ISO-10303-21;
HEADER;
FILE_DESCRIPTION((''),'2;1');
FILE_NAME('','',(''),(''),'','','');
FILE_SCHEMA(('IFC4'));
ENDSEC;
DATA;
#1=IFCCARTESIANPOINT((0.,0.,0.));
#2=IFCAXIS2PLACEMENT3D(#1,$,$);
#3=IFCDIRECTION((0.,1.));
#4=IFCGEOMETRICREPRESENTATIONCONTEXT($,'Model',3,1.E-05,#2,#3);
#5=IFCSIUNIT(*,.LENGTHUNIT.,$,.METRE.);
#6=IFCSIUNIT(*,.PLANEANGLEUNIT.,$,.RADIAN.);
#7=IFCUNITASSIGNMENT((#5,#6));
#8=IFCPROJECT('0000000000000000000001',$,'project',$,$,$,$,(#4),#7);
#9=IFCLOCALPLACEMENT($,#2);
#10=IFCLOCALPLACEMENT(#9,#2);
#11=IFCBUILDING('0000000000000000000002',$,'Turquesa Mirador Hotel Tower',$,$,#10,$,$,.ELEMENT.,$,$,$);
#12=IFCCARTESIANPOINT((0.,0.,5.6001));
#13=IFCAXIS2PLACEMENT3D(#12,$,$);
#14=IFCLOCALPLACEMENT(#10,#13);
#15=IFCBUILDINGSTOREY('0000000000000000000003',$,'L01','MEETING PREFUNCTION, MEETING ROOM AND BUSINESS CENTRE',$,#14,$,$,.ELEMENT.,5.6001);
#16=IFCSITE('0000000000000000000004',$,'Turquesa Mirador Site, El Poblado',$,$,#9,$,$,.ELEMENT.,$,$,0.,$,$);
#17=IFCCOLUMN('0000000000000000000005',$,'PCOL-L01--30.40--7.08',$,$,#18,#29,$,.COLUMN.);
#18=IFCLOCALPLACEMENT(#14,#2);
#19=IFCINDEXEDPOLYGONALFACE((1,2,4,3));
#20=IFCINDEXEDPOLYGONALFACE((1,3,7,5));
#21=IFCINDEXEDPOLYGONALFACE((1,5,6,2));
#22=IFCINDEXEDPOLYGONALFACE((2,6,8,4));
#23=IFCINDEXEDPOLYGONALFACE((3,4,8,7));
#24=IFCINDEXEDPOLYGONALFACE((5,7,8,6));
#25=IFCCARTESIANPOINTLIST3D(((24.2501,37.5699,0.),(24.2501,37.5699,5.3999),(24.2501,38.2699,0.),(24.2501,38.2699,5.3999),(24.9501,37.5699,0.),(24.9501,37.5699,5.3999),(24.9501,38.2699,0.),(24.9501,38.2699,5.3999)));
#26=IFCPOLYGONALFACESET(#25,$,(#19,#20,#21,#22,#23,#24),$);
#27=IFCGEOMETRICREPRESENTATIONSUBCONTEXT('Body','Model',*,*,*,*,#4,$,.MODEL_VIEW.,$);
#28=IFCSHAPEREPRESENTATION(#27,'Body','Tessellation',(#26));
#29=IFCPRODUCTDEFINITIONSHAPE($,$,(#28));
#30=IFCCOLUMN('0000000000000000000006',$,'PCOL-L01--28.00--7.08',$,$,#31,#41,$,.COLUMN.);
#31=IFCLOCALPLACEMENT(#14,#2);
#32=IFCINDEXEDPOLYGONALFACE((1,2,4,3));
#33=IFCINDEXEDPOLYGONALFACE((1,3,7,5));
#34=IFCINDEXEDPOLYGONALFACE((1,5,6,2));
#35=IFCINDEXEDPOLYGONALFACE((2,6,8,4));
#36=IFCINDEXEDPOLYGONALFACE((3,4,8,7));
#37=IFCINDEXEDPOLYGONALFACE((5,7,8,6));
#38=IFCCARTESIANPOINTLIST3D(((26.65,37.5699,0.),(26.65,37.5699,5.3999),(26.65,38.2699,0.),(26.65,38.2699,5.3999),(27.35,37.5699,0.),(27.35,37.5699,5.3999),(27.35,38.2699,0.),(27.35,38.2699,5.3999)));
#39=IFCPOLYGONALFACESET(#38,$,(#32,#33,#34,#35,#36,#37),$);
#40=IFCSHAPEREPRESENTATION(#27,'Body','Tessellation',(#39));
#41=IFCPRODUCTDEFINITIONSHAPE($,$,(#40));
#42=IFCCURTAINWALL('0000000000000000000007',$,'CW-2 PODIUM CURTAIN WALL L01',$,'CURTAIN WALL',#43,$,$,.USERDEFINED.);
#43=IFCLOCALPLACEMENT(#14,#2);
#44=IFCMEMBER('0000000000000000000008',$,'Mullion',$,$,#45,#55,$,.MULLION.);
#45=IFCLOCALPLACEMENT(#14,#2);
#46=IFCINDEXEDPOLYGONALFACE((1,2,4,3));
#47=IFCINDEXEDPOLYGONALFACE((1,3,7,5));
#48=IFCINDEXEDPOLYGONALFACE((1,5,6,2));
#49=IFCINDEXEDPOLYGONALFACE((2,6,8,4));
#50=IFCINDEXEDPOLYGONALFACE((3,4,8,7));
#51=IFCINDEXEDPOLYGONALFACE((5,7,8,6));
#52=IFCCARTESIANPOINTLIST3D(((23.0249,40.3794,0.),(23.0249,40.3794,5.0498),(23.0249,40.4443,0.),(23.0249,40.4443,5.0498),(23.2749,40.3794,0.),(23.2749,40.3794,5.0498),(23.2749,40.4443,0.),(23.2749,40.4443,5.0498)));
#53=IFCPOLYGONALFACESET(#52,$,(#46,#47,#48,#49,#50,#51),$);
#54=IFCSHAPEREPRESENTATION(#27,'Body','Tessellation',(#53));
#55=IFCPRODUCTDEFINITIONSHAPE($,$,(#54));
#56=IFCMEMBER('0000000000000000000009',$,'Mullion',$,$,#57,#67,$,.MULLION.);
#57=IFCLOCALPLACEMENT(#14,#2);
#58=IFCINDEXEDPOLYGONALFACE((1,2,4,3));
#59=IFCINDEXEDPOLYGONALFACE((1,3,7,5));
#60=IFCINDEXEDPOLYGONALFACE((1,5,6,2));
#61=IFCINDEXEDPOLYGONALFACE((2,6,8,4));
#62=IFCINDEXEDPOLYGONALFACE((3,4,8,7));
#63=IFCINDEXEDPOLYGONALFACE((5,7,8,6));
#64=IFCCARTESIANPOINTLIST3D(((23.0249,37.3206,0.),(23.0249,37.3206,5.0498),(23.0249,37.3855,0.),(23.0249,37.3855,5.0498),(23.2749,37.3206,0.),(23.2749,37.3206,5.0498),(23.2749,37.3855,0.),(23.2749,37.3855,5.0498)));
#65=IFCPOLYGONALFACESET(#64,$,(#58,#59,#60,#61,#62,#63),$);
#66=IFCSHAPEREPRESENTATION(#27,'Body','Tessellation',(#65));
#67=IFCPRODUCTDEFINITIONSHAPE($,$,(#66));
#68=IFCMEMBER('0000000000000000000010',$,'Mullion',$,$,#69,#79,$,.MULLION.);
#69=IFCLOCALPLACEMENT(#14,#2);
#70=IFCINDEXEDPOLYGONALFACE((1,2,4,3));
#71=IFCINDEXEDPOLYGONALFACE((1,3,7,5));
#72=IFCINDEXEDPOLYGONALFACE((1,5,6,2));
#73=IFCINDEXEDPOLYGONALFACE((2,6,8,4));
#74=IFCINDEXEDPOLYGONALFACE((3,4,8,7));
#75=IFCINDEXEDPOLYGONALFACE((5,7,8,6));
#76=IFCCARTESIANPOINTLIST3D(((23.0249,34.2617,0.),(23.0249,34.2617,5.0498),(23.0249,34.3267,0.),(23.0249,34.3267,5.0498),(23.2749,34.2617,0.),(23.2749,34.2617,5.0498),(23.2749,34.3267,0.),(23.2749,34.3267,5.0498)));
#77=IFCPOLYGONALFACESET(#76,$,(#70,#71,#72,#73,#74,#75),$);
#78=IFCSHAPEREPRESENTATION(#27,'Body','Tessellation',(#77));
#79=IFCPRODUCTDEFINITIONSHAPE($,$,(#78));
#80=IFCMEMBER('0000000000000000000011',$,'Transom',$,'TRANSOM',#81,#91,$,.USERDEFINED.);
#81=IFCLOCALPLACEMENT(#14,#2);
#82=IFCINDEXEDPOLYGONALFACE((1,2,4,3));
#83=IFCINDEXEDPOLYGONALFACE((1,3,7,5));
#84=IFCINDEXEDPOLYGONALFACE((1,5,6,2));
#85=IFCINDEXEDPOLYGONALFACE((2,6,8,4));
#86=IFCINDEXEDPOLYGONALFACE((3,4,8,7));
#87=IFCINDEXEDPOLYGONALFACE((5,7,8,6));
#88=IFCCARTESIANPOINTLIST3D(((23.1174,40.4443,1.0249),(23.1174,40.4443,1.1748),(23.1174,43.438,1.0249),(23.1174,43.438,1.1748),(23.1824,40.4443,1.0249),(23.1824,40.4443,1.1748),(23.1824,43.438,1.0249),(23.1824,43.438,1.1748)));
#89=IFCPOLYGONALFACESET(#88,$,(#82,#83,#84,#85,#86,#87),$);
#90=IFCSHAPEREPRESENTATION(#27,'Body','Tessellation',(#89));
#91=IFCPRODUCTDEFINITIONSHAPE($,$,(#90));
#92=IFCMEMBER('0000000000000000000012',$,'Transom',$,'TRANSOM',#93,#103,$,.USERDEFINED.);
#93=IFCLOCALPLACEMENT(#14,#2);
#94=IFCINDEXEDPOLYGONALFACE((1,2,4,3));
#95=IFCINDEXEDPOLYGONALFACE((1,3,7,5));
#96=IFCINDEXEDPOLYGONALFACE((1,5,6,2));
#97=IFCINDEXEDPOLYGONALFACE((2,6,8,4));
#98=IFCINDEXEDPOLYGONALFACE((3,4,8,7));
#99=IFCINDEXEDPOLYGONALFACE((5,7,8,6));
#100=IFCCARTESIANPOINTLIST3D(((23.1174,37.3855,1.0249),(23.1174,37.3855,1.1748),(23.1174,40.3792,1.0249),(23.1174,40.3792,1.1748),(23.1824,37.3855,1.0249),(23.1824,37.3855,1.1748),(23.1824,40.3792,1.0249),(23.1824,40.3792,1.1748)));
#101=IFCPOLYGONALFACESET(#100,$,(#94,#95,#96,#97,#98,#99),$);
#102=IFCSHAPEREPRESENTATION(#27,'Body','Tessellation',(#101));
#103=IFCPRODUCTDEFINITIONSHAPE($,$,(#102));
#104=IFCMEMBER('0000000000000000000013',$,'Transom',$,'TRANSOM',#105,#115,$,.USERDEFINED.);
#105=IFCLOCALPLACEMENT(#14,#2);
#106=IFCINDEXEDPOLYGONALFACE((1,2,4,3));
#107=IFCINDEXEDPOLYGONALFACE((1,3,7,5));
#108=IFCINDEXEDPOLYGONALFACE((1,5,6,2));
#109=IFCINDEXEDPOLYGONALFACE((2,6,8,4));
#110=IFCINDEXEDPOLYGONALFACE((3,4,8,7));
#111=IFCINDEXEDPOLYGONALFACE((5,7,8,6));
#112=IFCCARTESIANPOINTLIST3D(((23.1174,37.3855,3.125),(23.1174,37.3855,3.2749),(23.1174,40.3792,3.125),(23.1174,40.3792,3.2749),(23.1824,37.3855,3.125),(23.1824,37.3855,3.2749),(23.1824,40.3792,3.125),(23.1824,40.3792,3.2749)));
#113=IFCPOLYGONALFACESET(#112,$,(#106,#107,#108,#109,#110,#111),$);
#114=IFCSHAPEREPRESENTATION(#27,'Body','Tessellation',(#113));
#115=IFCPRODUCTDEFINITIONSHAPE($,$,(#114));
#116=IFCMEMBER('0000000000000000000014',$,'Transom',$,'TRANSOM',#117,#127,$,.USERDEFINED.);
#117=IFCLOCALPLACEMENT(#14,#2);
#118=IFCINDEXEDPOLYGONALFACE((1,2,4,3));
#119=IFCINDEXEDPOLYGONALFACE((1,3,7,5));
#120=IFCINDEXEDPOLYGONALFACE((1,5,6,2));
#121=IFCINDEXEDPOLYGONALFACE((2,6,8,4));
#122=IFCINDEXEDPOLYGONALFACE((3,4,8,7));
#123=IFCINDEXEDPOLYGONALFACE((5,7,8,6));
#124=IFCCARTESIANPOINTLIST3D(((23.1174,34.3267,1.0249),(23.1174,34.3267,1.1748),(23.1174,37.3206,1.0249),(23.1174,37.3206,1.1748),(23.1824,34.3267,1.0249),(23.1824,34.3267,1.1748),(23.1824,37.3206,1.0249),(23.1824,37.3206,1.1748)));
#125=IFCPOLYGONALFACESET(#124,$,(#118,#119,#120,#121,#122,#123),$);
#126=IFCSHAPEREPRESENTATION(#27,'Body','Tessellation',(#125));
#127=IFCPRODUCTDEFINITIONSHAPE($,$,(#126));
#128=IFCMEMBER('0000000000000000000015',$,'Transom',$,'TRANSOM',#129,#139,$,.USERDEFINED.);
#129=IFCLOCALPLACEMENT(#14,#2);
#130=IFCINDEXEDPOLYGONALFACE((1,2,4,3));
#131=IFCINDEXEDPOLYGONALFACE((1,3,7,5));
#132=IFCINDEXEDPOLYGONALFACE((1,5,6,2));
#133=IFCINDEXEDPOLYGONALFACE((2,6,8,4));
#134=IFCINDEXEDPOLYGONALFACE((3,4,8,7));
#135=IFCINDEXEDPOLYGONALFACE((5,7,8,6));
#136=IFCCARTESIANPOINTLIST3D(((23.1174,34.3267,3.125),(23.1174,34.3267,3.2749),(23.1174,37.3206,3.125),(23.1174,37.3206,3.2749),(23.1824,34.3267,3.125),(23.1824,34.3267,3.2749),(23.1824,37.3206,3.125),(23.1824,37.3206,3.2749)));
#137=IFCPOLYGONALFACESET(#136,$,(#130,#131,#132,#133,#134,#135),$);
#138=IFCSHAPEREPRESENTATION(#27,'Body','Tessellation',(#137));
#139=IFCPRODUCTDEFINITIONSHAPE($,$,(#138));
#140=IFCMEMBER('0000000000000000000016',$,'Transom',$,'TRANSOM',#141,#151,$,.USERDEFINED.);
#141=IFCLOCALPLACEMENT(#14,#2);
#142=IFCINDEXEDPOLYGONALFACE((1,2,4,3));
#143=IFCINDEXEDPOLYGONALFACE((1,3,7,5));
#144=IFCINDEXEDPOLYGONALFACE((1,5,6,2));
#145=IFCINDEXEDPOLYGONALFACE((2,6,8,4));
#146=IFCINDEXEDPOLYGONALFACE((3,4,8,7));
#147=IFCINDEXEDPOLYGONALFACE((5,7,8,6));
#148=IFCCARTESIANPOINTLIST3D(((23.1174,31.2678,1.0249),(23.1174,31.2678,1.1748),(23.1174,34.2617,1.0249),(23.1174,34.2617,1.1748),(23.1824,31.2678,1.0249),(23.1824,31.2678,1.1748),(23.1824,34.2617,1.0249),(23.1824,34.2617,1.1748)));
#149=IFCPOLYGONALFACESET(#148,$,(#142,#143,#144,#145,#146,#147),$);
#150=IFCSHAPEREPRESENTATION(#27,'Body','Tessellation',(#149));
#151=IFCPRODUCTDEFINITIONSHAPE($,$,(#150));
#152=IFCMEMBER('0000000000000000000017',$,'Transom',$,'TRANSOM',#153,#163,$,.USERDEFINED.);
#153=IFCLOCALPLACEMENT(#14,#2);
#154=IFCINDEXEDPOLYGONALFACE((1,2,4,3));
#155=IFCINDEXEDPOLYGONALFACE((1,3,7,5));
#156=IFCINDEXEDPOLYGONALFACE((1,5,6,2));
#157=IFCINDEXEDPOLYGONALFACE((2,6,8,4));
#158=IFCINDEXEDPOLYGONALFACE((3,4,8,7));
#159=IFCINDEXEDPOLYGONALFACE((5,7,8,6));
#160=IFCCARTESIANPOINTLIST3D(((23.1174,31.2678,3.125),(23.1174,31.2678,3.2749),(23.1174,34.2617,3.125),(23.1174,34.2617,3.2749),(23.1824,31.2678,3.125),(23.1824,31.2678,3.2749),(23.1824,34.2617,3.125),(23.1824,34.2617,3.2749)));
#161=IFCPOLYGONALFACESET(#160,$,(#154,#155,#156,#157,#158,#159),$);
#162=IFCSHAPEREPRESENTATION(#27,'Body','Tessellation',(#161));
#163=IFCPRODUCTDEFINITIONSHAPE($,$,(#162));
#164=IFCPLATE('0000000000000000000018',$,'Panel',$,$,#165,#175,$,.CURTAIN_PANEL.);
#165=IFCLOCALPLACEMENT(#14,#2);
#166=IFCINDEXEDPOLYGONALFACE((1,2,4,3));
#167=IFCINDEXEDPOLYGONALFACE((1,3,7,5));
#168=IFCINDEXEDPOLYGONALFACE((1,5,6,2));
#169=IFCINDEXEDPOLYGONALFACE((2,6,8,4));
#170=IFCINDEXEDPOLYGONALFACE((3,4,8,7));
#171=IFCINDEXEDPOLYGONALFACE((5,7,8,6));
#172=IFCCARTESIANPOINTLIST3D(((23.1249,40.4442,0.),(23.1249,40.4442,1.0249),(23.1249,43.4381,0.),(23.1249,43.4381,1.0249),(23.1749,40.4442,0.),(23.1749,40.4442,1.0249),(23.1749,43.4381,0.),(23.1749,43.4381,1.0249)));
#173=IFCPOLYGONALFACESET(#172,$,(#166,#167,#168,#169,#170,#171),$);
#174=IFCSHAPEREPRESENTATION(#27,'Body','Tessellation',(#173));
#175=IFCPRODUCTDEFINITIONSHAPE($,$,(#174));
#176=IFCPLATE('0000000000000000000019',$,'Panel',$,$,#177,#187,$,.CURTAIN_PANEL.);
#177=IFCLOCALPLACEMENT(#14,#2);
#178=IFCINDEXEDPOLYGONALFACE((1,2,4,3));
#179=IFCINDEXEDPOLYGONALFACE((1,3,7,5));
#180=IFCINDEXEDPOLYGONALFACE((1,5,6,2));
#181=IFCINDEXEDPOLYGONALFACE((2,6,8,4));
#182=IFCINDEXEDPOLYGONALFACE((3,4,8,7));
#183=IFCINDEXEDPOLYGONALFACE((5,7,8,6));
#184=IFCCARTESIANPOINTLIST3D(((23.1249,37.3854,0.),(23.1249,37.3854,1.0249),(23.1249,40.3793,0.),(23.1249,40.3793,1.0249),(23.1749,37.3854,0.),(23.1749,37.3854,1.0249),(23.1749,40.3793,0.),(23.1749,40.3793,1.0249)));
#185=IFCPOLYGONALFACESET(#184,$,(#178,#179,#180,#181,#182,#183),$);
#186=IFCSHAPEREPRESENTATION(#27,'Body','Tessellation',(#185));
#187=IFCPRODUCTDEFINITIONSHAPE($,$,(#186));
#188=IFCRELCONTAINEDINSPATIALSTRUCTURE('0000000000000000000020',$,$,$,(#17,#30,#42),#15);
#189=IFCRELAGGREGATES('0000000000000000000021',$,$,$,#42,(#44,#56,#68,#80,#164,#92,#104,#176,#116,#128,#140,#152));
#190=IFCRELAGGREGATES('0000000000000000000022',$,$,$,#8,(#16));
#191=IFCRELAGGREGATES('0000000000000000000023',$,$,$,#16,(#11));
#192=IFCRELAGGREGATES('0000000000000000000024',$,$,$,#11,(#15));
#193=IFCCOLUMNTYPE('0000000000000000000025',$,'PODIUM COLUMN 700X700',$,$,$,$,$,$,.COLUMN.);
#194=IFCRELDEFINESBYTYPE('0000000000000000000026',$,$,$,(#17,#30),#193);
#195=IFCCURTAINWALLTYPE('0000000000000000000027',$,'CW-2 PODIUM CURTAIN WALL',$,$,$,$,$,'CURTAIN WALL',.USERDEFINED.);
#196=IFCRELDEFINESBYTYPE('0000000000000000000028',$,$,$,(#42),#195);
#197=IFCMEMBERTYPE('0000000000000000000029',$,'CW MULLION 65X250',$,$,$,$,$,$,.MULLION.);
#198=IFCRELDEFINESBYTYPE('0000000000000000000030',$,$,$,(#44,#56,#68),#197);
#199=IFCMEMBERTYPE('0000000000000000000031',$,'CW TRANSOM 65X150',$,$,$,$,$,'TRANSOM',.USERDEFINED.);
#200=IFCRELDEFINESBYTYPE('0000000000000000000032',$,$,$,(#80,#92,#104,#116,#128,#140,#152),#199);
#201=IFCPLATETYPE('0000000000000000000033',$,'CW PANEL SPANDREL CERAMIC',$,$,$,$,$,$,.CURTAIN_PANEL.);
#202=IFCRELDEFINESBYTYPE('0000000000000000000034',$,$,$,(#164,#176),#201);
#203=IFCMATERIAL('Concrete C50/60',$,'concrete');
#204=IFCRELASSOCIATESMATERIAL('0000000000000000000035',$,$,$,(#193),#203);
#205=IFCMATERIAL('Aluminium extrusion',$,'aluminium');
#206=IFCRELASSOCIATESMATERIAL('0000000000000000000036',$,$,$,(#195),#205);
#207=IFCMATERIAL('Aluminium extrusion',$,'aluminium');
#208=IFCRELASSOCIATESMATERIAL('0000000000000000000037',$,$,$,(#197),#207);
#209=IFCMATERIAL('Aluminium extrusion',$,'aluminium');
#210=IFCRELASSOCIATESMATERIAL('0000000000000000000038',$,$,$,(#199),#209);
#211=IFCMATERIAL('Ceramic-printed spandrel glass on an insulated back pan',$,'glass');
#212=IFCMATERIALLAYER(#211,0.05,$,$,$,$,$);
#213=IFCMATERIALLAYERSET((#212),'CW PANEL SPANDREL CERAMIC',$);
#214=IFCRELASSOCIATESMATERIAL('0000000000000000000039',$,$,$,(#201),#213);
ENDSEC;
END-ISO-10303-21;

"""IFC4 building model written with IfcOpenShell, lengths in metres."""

from ifc_helpers import new_model, si_unit, direction, frame, origin, origin_2d, place, context, subcontext, project, spatial, rectangle, extrude, material, layer, layer_set, material_profile, profile_set, type_object, element, aggregate, save


model = new_model("IFC4")

# Units and contexts
model_context = context("Model", 3, precision=1e-05, world=origin(), true_north=direction((0.0, 1.0)))
body_context = subcontext(model_context, "Body", "Model", "MODEL_VIEW")
ifc_project = project(units=[si_unit("LENGTHUNIT", "METRE"), si_unit("PLANEANGLEUNIT", "RADIAN")], contexts=[model_context])

# Site, building, storey
site_placement = place(None, origin())
site = spatial("IfcSite", under=ifc_project, at=site_placement, Name="Turquesa Mirador Site, El Poblado", CompositionType="ELEMENT", RefElevation=0.0)
building_placement = place(site_placement, origin())
building = spatial("IfcBuilding", under=site, at=building_placement, Name="Turquesa Mirador Hotel Tower", CompositionType="ELEMENT")
storey_placement = place(building_placement, frame((0.0, 0.0, 5.6001)))
storey = spatial("IfcBuildingStorey", under=building, at=storey_placement, Name="L01", Description="MEETING PREFUNCTION, MEETING ROOM AND BUSINESS CENTRE", CompositionType="ELEMENT", Elevation=5.6001)

# Columns
ifc_material_1 = material(Name="Concrete C50/60", Category="concrete")
ifc_material_profile_1 = material_profile(ifc_material_1, rectangle(XDim=0.7, YDim=0.7, at=origin_2d()), Name="RC 700X700")
ifc_profile_set_1 = profile_set([ifc_material_profile_1], Name="Concrete C50/60")
column_type = type_object("IfcColumnType", Name="PODIUM COLUMN 700X700", PredefinedType="COLUMN", material=ifc_profile_set_1)
for number, where, z_axis, x_axis, name in (
    (1, (24.6001, 37.9199, 0.0), (0.0, 0.0, 1.0), (1.0, 0.0, 0.0), "PCOL-L01--30.40--7.08"),
    (2, (27.0, 37.9199, 0.0), (0.0, 0.0, 1.0), (1.0, 0.0, 0.0), "PCOL-L01--28.00--7.08"),
):
    element("IfcColumn", number, at=place(storey_placement, frame(where, z_axis=z_axis, x_axis=x_axis)), inside=storey, type_object=column_type, Name=name, PredefinedType="COLUMN", context=body_context, shape_type="SweptSolid", body=[
        extrude(rectangle(XDim=0.7, YDim=0.7, at=origin_2d()), origin(), (0.0, 0.0, 1.0), 5.3999),
    ])

# Curtain wall, members, plates
ifc_material_2 = material(Name="Aluminium extrusion", Category="aluminium")
curtain_wall_type = type_object("IfcCurtainWallType", Name="CW-2 PODIUM CURTAIN WALL", ElementType="CURTAIN WALL", PredefinedType="USERDEFINED", material=ifc_material_2)
curtain_wall_placement = place(storey_placement, origin())
curtain_wall = element("IfcCurtainWall", 3, at=curtain_wall_placement, inside=storey, type_object=curtain_wall_type, Name="CW-2 PODIUM CURTAIN WALL L01", ObjectType="CURTAIN WALL", PredefinedType="USERDEFINED")
ifc_material_3 = material(Name="Aluminium extrusion", Category="aluminium")
ifc_material_profile_2 = material_profile(ifc_material_3, rectangle(XDim=0.0649, YDim=0.25, at=origin_2d()), Name="MULLION 65X250")
ifc_profile_set_2 = profile_set([ifc_material_profile_2], Name="Aluminium extrusion")
member_type_1 = type_object("IfcMemberType", Name="CW MULLION 65X250", PredefinedType="MULLION", material=ifc_profile_set_2)
member_1_placement = place(storey_placement, frame((23.1499, 40.4119, 0.0), z_axis=(0.0, 0.0, 1.0), x_axis=(0.0, -1.0, 0.0)))
member_1 = element("IfcMember", 4, at=member_1_placement, type_object=member_type_1, Name="Mullion", PredefinedType="MULLION", context=body_context, shape_type="SweptSolid", body=[
    extrude(rectangle(XDim=0.0649, YDim=0.25, at=origin_2d()), origin(), (0.0, 0.0, 1.0), 5.0498),
])
member_2_placement = place(storey_placement, frame((23.1499, 37.353, 0.0), z_axis=(0.0, 0.0, 1.0), x_axis=(0.0, -1.0, 0.0)))
member_2 = element("IfcMember", 5, at=member_2_placement, type_object=member_type_1, Name="Mullion", PredefinedType="MULLION", context=body_context, shape_type="SweptSolid", body=[
    extrude(rectangle(XDim=0.0649, YDim=0.25, at=origin_2d()), origin(), (0.0, 0.0, 1.0), 5.0498),
])
member_3_placement = place(storey_placement, frame((23.1499, 34.2942, 0.0), z_axis=(0.0, 0.0, 1.0), x_axis=(0.0, -1.0, 0.0)))
member_3 = element("IfcMember", 6, at=member_3_placement, type_object=member_type_1, Name="Mullion", PredefinedType="MULLION", context=body_context, shape_type="SweptSolid", body=[
    extrude(rectangle(XDim=0.0649, YDim=0.25, at=origin_2d()), origin(), (0.0, 0.0, 1.0), 5.0498),
])
ifc_material_4 = material(Name="Aluminium extrusion", Category="aluminium")
ifc_material_profile_3 = material_profile(ifc_material_4, rectangle(XDim=0.0649, YDim=0.1499, at=origin_2d()), Name="TRANSOM 65X150")
ifc_profile_set_3 = profile_set([ifc_material_profile_3], Name="Aluminium extrusion")
member_type_2 = type_object("IfcMemberType", Name="CW TRANSOM 65X150", ElementType="TRANSOM", PredefinedType="USERDEFINED", material=ifc_profile_set_3)
member_4_placement = place(storey_placement, frame((23.1499, 43.438, 1.0999), z_axis=(0.0, -1.0, 0.0), x_axis=(1.0, 0.0, 0.0)))
member_4 = element("IfcMember", 7, at=member_4_placement, type_object=member_type_2, Name="Transom", ObjectType="TRANSOM", PredefinedType="USERDEFINED", context=body_context, shape_type="SweptSolid", body=[
    extrude(rectangle(XDim=0.0649, YDim=0.1499, at=origin_2d()), origin(), (0.0, 0.0, 1.0), 2.9937),
])
member_5_placement = place(storey_placement, frame((23.1499, 40.3792, 1.0999), z_axis=(0.0, -1.0, 0.0), x_axis=(1.0, 0.0, 0.0)))
member_5 = element("IfcMember", 8, at=member_5_placement, type_object=member_type_2, Name="Transom", ObjectType="TRANSOM", PredefinedType="USERDEFINED", context=body_context, shape_type="SweptSolid", body=[
    extrude(rectangle(XDim=0.0649, YDim=0.1499, at=origin_2d()), origin(), (0.0, 0.0, 1.0), 2.9937),
])
member_6_placement = place(storey_placement, frame((23.1499, 40.3792, 3.2), z_axis=(0.0, -1.0, 0.0), x_axis=(1.0, 0.0, 0.0)))
member_6 = element("IfcMember", 9, at=member_6_placement, type_object=member_type_2, Name="Transom", ObjectType="TRANSOM", PredefinedType="USERDEFINED", context=body_context, shape_type="SweptSolid", body=[
    extrude(rectangle(XDim=0.0649, YDim=0.1499, at=origin_2d()), origin(), (0.0, 0.0, 1.0), 2.9937),
])
member_7_placement = place(storey_placement, frame((23.1499, 37.3206, 1.0999), z_axis=(0.0, -1.0, 0.0), x_axis=(1.0, 0.0, 0.0)))
member_7 = element("IfcMember", 10, at=member_7_placement, type_object=member_type_2, Name="Transom", ObjectType="TRANSOM", PredefinedType="USERDEFINED", context=body_context, shape_type="SweptSolid", body=[
    extrude(rectangle(XDim=0.0649, YDim=0.1499, at=origin_2d()), origin(), (0.0, 0.0, 1.0), 2.9939),
])
member_8_placement = place(storey_placement, frame((23.1499, 37.3206, 3.2), z_axis=(0.0, -1.0, 0.0), x_axis=(1.0, 0.0, 0.0)))
member_8 = element("IfcMember", 11, at=member_8_placement, type_object=member_type_2, Name="Transom", ObjectType="TRANSOM", PredefinedType="USERDEFINED", context=body_context, shape_type="SweptSolid", body=[
    extrude(rectangle(XDim=0.0649, YDim=0.1499, at=origin_2d()), origin(), (0.0, 0.0, 1.0), 2.9939),
])
member_9_placement = place(storey_placement, frame((23.1499, 34.2617, 1.0999), z_axis=(0.0, -1.0, 0.0), x_axis=(1.0, 0.0, 0.0)))
member_9 = element("IfcMember", 12, at=member_9_placement, type_object=member_type_2, Name="Transom", ObjectType="TRANSOM", PredefinedType="USERDEFINED", context=body_context, shape_type="SweptSolid", body=[
    extrude(rectangle(XDim=0.0649, YDim=0.1499, at=origin_2d()), origin(), (0.0, 0.0, 1.0), 2.9939),
])
member_10_placement = place(storey_placement, frame((23.1499, 34.2617, 3.2), z_axis=(0.0, -1.0, 0.0), x_axis=(1.0, 0.0, 0.0)))
member_10 = element("IfcMember", 13, at=member_10_placement, type_object=member_type_2, Name="Transom", ObjectType="TRANSOM", PredefinedType="USERDEFINED", context=body_context, shape_type="SweptSolid", body=[
    extrude(rectangle(XDim=0.0649, YDim=0.1499, at=origin_2d()), origin(), (0.0, 0.0, 1.0), 2.9939),
])
ifc_material_5 = material(Name="Ceramic-printed spandrel glass on an insulated back pan", Category="glass")
ifc_layer_1 = layer(ifc_material_5, 0.05)
ifc_layer_set_1 = layer_set([ifc_layer_1], Name="CW PANEL SPANDREL CERAMIC")
plate_type_1 = type_object("IfcPlateType", Name="CW PANEL SPANDREL CERAMIC", PredefinedType="CURTAIN_PANEL", material=ifc_layer_set_1)
plate_1_placement = place(storey_placement, frame((23.1499, 41.9412, 0.0), z_axis=(0.0, 0.0, 1.0), x_axis=(0.0, -1.0, 0.0)))
plate_1 = element("IfcPlate", 14, at=plate_1_placement, type_object=plate_type_1, Name="Panel", PredefinedType="CURTAIN_PANEL", context=body_context, shape_type="SweptSolid", body=[
    extrude(rectangle(XDim=2.9939, YDim=0.05, at=origin_2d()), origin(), (0.0, 0.0, 1.0), 1.0249),
])
plate_2_placement = place(storey_placement, frame((23.1499, 38.8823, 0.0), z_axis=(0.0, 0.0, 1.0), x_axis=(0.0, -1.0, 0.0)))
plate_2 = element("IfcPlate", 15, at=plate_2_placement, type_object=plate_type_1, Name="Panel", PredefinedType="CURTAIN_PANEL", context=body_context, shape_type="SweptSolid", body=[
    extrude(rectangle(XDim=2.9939, YDim=0.05, at=origin_2d()), origin(), (0.0, 0.0, 1.0), 1.0249),
])
aggregate(curtain_wall, [member_1, member_2, member_3, member_4, plate_1, member_5, member_6, plate_2, member_7, member_8, member_9, member_10])

save(model, "model.ifc")
